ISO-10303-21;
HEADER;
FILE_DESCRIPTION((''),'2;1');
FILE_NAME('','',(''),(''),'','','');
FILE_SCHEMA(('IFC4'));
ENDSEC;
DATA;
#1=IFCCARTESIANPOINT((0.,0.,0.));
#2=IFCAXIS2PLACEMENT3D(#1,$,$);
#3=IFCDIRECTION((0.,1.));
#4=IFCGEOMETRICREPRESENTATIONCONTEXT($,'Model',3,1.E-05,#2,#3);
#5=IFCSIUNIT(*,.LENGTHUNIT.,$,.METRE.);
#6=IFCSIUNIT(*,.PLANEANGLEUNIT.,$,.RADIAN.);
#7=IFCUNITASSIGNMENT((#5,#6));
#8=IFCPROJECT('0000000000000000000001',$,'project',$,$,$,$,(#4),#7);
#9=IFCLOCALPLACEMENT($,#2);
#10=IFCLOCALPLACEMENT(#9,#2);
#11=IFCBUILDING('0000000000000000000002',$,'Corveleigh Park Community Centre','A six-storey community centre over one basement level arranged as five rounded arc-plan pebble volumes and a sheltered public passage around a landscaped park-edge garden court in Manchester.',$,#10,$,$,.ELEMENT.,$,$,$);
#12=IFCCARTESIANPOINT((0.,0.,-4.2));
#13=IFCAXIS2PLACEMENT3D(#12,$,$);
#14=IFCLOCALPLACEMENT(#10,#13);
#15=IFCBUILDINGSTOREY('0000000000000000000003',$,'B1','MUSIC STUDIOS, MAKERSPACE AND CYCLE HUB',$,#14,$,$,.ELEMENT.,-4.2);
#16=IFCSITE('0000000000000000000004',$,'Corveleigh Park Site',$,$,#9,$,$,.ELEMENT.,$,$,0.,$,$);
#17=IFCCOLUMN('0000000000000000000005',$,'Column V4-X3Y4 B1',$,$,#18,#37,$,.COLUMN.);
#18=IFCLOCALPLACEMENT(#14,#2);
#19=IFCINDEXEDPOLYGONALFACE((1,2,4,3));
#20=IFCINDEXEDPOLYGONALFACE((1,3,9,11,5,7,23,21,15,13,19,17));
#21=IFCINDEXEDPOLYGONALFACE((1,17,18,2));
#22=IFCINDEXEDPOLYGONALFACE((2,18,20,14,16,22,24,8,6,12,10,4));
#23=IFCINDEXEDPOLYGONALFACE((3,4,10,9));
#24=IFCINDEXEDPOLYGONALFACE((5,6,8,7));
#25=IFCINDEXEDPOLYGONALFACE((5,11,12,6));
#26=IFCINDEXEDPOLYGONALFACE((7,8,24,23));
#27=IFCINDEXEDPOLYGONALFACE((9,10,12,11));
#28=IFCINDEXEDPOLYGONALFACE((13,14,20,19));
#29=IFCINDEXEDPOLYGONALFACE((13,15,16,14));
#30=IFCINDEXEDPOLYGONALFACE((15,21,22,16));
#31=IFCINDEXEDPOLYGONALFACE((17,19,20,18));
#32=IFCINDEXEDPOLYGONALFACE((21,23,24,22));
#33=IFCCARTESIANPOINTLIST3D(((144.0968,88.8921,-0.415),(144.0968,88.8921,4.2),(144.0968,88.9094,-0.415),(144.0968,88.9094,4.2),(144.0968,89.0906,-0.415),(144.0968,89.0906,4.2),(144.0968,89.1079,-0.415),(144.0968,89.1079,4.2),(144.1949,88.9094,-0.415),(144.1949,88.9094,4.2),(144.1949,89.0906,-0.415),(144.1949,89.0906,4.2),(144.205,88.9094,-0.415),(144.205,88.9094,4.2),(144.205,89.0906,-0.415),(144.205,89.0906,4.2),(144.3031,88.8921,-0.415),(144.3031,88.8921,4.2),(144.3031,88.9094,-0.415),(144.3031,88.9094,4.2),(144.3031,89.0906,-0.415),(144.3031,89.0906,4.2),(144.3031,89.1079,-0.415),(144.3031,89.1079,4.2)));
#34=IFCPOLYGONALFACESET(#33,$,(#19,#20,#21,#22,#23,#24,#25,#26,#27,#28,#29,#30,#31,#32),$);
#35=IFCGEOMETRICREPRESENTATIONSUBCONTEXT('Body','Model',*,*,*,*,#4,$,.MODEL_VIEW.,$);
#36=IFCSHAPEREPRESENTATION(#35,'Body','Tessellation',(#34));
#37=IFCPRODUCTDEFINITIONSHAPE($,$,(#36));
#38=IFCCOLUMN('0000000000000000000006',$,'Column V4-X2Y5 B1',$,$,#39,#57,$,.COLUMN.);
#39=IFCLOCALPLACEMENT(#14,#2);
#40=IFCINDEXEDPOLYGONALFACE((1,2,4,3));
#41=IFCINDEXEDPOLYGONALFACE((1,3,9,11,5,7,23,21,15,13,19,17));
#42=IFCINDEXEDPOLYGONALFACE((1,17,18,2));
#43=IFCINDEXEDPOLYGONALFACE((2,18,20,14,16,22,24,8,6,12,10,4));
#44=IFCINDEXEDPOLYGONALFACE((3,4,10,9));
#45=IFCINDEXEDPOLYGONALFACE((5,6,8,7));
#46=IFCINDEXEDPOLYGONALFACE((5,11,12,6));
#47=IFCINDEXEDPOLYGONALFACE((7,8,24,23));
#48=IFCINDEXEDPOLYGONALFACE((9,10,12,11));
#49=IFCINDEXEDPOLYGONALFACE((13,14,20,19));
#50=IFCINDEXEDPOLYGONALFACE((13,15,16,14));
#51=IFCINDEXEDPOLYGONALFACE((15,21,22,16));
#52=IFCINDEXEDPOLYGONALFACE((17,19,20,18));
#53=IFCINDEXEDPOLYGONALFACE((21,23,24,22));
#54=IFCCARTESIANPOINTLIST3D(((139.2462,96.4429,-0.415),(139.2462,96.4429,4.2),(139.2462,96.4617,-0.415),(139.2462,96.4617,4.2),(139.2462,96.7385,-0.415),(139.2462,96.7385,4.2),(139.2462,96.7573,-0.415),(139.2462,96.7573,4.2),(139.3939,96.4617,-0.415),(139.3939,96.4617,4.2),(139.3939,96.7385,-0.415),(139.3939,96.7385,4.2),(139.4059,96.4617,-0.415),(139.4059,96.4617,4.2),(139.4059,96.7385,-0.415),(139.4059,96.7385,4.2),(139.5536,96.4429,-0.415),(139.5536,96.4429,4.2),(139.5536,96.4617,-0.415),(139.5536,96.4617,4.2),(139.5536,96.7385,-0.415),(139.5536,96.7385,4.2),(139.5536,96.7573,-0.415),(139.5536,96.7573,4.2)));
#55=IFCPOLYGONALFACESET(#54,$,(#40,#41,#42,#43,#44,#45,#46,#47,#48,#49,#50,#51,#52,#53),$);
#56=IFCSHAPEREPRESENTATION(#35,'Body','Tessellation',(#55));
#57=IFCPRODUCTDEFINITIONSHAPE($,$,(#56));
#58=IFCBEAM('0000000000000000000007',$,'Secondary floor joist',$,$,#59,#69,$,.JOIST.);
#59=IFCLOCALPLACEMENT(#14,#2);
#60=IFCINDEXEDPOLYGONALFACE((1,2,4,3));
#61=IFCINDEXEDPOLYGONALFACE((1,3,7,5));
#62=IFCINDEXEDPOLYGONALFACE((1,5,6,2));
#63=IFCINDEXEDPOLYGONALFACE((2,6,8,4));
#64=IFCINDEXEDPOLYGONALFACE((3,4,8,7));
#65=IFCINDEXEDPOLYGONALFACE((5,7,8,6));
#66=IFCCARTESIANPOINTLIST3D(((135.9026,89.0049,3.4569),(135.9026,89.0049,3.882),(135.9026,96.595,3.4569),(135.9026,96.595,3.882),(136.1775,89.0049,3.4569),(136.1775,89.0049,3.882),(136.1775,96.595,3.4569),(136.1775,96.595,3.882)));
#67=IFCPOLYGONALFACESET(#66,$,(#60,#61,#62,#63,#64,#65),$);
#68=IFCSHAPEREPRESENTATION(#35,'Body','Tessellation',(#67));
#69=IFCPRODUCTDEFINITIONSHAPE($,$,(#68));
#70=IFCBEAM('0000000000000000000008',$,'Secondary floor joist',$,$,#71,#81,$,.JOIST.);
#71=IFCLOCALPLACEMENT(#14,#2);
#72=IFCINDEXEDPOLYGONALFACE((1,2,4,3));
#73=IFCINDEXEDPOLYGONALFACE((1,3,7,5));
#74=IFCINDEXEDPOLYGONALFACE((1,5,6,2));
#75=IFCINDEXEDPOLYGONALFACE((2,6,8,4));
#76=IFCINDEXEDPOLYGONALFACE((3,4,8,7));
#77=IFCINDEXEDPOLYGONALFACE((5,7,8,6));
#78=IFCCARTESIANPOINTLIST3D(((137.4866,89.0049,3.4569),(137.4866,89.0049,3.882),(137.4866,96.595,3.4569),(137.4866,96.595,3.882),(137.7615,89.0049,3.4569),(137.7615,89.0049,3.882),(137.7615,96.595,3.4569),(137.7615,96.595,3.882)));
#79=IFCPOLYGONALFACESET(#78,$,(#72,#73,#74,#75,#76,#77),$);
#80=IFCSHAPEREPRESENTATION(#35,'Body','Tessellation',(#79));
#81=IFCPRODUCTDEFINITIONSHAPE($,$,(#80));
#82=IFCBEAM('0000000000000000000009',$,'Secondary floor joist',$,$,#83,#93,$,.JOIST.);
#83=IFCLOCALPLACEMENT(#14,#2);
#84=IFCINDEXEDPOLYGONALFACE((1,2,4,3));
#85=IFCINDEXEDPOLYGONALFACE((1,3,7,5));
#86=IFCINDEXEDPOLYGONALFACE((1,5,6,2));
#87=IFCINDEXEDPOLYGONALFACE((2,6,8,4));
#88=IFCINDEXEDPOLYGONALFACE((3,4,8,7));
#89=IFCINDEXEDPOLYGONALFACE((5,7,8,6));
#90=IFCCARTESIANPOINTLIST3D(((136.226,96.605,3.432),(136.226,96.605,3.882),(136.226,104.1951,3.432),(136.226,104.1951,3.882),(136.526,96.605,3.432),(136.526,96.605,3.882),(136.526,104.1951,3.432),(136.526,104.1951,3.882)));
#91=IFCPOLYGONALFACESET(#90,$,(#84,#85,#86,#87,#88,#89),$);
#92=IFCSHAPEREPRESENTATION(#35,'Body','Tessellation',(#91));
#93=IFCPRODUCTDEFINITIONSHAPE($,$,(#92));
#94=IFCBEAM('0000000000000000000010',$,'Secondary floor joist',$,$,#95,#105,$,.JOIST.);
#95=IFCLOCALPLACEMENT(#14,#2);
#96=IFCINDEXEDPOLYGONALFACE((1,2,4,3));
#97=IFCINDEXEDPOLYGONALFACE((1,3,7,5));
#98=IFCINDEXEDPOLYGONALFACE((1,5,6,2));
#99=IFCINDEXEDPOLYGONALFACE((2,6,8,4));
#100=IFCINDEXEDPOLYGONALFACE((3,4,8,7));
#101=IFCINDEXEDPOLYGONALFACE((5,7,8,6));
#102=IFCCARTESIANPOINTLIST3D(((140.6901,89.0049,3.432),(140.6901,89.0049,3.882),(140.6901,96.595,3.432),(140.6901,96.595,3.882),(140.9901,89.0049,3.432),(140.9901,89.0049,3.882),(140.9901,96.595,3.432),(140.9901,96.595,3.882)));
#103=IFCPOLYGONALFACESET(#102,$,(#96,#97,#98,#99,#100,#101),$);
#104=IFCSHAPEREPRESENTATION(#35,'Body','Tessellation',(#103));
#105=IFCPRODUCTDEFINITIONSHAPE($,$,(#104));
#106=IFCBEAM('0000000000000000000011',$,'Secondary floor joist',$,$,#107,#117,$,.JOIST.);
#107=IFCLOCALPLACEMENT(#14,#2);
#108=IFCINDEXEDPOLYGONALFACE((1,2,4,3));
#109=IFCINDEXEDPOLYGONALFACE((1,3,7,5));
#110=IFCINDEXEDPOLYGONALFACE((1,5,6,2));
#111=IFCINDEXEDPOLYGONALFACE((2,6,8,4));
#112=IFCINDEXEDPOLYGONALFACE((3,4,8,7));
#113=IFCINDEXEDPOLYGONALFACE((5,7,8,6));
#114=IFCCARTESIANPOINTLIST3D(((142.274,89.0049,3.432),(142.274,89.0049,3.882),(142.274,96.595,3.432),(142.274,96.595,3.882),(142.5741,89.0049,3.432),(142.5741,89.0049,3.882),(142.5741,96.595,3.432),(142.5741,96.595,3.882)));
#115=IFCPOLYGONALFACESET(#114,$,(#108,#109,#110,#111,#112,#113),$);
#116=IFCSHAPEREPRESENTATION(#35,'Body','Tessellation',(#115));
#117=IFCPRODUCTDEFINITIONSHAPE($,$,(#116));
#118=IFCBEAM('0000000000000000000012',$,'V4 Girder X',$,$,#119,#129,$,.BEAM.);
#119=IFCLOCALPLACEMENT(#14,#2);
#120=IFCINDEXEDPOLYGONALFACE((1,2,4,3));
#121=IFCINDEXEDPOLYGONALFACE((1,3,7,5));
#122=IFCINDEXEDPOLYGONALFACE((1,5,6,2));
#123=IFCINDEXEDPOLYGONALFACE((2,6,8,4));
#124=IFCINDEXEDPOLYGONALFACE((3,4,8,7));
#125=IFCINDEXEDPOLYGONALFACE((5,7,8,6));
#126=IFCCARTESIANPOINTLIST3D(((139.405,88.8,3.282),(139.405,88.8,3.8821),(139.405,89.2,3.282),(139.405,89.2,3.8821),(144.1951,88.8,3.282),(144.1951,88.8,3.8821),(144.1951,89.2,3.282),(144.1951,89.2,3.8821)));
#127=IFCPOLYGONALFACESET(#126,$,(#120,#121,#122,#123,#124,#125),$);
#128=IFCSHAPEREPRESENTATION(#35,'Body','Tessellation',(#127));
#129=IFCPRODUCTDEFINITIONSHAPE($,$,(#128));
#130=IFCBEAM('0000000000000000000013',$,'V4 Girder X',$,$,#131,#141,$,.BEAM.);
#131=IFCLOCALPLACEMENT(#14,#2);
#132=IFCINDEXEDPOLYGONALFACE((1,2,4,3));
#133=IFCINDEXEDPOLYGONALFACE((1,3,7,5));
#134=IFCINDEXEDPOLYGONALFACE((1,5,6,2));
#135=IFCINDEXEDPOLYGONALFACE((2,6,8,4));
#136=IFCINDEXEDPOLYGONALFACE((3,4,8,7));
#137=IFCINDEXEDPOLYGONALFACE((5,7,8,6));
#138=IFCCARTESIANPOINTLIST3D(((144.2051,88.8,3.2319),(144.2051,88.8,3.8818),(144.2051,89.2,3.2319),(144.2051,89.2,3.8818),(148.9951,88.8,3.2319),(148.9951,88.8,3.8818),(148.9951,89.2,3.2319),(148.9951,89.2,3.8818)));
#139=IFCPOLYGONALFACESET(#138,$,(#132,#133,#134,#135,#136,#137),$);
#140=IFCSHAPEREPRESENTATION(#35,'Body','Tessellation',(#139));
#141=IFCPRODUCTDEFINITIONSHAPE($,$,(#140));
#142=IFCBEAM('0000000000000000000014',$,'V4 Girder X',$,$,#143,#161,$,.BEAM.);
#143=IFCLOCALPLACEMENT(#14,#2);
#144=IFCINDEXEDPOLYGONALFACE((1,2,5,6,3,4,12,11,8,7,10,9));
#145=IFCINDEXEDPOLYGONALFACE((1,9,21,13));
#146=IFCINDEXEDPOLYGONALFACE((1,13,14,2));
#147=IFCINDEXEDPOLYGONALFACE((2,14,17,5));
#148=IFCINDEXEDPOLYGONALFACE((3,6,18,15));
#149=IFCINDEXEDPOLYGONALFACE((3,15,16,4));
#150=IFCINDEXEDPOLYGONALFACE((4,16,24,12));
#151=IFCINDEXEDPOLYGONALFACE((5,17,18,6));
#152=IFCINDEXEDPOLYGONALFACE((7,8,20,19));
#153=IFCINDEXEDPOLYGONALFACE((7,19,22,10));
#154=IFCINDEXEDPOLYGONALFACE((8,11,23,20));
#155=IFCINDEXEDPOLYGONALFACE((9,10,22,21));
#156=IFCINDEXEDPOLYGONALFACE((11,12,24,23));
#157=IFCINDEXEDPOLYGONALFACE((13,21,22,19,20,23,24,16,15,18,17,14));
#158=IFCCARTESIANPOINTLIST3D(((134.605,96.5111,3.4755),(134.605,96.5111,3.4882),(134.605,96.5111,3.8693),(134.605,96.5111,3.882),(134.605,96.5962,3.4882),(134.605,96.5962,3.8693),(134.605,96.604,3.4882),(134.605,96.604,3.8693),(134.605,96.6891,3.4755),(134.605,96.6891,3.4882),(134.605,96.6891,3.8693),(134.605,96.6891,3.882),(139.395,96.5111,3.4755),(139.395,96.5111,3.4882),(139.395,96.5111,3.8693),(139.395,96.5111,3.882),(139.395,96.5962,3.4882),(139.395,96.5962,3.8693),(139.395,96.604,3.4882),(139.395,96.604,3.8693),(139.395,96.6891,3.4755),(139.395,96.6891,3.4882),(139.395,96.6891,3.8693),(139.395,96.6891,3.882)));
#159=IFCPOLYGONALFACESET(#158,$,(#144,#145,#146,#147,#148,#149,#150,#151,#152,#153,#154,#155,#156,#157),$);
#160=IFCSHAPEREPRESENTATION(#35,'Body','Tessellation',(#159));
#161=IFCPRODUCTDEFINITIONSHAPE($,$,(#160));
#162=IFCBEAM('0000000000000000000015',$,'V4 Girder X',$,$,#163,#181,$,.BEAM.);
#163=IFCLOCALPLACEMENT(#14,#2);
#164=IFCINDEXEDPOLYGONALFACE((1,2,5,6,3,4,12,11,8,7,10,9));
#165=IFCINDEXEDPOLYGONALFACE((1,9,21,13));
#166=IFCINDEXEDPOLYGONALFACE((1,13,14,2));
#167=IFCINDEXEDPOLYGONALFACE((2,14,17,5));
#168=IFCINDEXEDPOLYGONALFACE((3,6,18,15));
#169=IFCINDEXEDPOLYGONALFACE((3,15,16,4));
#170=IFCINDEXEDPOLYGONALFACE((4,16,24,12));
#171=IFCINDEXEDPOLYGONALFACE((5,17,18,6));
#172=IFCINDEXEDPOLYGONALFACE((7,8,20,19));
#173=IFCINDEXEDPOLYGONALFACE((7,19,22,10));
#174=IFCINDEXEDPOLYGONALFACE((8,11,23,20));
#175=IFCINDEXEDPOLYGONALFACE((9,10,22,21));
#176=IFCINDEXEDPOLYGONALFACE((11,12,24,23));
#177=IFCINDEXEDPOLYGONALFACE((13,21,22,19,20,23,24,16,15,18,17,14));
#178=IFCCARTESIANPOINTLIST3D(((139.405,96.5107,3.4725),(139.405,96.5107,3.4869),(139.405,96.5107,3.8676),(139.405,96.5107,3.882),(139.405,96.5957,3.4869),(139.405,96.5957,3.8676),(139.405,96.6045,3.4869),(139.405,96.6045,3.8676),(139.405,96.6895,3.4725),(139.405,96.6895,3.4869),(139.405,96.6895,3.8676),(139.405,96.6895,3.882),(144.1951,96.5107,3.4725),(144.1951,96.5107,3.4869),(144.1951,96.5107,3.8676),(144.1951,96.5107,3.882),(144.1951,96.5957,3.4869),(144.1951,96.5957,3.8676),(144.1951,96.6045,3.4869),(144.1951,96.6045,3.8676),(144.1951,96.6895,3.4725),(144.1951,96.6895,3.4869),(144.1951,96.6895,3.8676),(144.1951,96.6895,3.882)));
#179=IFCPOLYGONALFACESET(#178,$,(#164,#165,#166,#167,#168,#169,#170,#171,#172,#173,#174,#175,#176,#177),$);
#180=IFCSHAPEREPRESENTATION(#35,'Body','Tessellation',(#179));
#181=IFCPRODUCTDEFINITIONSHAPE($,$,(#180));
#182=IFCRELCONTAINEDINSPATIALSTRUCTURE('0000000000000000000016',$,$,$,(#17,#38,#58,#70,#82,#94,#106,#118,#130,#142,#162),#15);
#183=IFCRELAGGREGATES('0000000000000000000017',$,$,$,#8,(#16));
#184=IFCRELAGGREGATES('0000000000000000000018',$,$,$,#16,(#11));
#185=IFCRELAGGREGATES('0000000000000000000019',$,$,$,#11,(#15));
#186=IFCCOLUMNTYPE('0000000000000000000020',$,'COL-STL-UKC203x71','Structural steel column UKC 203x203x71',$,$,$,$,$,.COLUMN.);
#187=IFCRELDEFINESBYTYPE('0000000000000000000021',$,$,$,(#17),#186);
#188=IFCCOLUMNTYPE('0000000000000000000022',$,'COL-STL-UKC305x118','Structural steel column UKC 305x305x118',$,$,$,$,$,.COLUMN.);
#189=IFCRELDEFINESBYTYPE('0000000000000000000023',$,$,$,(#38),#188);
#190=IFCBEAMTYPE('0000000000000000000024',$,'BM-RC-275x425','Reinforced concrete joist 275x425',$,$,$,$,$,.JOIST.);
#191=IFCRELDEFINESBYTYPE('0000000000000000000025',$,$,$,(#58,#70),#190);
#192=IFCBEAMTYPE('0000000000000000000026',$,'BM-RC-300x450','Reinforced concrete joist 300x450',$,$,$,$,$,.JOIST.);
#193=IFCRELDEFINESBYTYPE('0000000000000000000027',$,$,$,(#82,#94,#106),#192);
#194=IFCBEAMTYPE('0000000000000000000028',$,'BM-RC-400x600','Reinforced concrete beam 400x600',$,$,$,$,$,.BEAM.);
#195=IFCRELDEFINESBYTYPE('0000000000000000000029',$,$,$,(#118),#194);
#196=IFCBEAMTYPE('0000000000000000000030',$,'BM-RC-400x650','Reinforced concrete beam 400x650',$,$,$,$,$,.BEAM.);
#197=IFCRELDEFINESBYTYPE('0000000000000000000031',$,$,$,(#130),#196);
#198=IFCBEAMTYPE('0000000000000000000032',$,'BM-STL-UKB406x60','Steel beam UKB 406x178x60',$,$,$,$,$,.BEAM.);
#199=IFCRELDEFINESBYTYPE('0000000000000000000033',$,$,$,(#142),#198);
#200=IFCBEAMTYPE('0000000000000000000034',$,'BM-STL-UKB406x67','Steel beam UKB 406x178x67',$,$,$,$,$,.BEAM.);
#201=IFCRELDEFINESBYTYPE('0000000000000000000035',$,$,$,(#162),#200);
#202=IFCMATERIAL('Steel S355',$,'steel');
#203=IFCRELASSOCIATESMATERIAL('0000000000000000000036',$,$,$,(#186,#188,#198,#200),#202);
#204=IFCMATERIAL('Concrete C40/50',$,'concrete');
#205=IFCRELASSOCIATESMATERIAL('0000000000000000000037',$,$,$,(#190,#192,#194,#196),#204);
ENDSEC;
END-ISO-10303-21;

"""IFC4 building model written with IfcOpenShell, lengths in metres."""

from ifc_helpers import new_model, si_unit, direction, frame, origin, origin_2d, place, context, subcontext, project, spatial, rectangle, i_section, extrude, material, material_profile, profile_set, type_object, element, save


model = new_model("IFC4")

# Units and contexts
model_context = context("Model", 3, precision=1e-05, world=origin(), true_north=direction((0.0, 1.0)))
body_context = subcontext(model_context, "Body", "Model", "MODEL_VIEW")
ifc_project = project(units=[si_unit("LENGTHUNIT", "METRE"), si_unit("PLANEANGLEUNIT", "RADIAN")], contexts=[model_context])

# Site, building, storey
site_placement = place(None, origin())
site = spatial("IfcSite", under=ifc_project, at=site_placement, Name="Corveleigh Park Site", CompositionType="ELEMENT", RefElevation=0.0)
building_placement = place(site_placement, origin())
building = spatial("IfcBuilding", under=site, at=building_placement, Name="Corveleigh Park Community Centre", Description="A six-storey community centre over one basement level arranged as five rounded arc-plan pebble volumes and a sheltered public passage around a landscaped park-edge garden court in Manchester.", CompositionType="ELEMENT")
storey_placement = place(building_placement, frame((0.0, 0.0, -4.2)))
storey = spatial("IfcBuildingStorey", under=building, at=storey_placement, Name="B1", Description="MUSIC STUDIOS, MAKERSPACE AND CYCLE HUB", CompositionType="ELEMENT", Elevation=-4.2)

# Shared definitions
ifc_material_1 = material(Name="Concrete C40/50", Category="concrete")

# Columns
ifc_material_2 = material(Name="Steel S355", Category="steel")
ifc_material_profile_1 = material_profile(ifc_material_2, i_section(OverallWidth=0.2063, OverallDepth=0.2158, WebThickness=0.01, FlangeThickness=0.0173, at=origin_2d()), Name="UKC 203x203x71", Category="steel")
ifc_profile_set_1 = profile_set([ifc_material_profile_1], Name="Steel S355")
column_type_1 = type_object("IfcColumnType", Name="COL-STL-UKC203x71", Description="Structural steel column UKC 203x203x71", PredefinedType="COLUMN", material=ifc_profile_set_1)
column_1_placement = place(storey_placement, frame((144.2, 89.0, -0.415), z_axis=(0.0, 0.0, 1.0), x_axis=(1.0, 0.0, 0.0)))
element("IfcColumn", 1, at=column_1_placement, inside=storey, type_object=column_type_1, Name="Column V4-X3Y4 B1", PredefinedType="COLUMN", context=body_context, shape_type="SweptSolid", body=[
    extrude(i_section(OverallWidth=0.2063, OverallDepth=0.2158, WebThickness=0.01, FlangeThickness=0.0173, at=origin_2d()), origin(), (0.0, 0.0, 1.0), 4.615),
])
ifc_material_profile_2 = material_profile(ifc_material_2, i_section(OverallWidth=0.3074, OverallDepth=0.3145, WebThickness=0.012, FlangeThickness=0.0188, at=origin_2d()), Name="UKC 305x305x118", Category="steel")
ifc_profile_set_2 = profile_set([ifc_material_profile_2], Name="Steel S355")
column_type_2 = type_object("IfcColumnType", Name="COL-STL-UKC305x118", Description="Structural steel column UKC 305x305x118", PredefinedType="COLUMN", material=ifc_profile_set_2)
column_2_placement = place(storey_placement, frame((139.3999, 96.6001, -0.415), z_axis=(0.0, 0.0, 1.0), x_axis=(1.0, 0.0, 0.0)))
element("IfcColumn", 2, at=column_2_placement, inside=storey, type_object=column_type_2, Name="Column V4-X2Y5 B1", PredefinedType="COLUMN", context=body_context, shape_type="SweptSolid", body=[
    extrude(i_section(OverallWidth=0.3074, OverallDepth=0.3145, WebThickness=0.012, FlangeThickness=0.0188, at=origin_2d()), origin(), (0.0, 0.0, 1.0), 4.615),
])

# Beams
ifc_material_profile_3 = material_profile(ifc_material_1, rectangle(XDim=0.2749, YDim=0.425, at=origin_2d()), Name="RC-275x425", Category="concrete")
ifc_profile_set_3 = profile_set([ifc_material_profile_3], Name="Concrete C40/50")
beam_type_1 = type_object("IfcBeamType", Name="BM-RC-275x425", Description="Reinforced concrete joist 275x425", PredefinedType="JOIST", material=ifc_profile_set_3)
for number, where, z_axis, x_axis, name in (
    (3, (136.04, 89.0049, 3.6694), (0.0, 1.0, 0.0), (-1.0, 0.0, 0.0), "Secondary floor joist"),
    (4, (137.624, 89.0049, 3.6694), (0.0, 1.0, 0.0), (-1.0, 0.0, 0.0), "Secondary floor joist"),
):
    element("IfcBeam", number, at=place(storey_placement, frame(where, z_axis=z_axis, x_axis=x_axis)), inside=storey, type_object=beam_type_1, Name=name, PredefinedType="JOIST", context=body_context, shape_type="SweptSolid", body=[
        extrude(rectangle(XDim=0.2749, YDim=0.425, at=origin_2d()), origin(), (0.0, 0.0, 1.0), 7.5901),
    ])
ifc_material_profile_4 = material_profile(ifc_material_1, rectangle(XDim=0.3, YDim=0.45, at=origin_2d()), Name="RC-300x450", Category="concrete")
ifc_profile_set_4 = profile_set([ifc_material_profile_4], Name="Concrete C40/50")
beam_type_2 = type_object("IfcBeamType", Name="BM-RC-300x450", Description="Reinforced concrete joist 300x450", PredefinedType="JOIST", material=ifc_profile_set_4)
for number, where, z_axis, x_axis, name in (
    (5, (136.376, 96.605, 3.657), (0.0, 1.0, 0.0), (-1.0, 0.0, 0.0), "Secondary floor joist"),
    (6, (140.8401, 89.0049, 3.657), (0.0, 1.0, 0.0), (-1.0, 0.0, 0.0), "Secondary floor joist"),
    (7, (142.4241, 89.0049, 3.657), (0.0, 1.0, 0.0), (-1.0, 0.0, 0.0), "Secondary floor joist"),
):
    element("IfcBeam", number, at=place(storey_placement, frame(where, z_axis=z_axis, x_axis=x_axis)), inside=storey, type_object=beam_type_2, Name=name, PredefinedType="JOIST", context=body_context, shape_type="SweptSolid", body=[
        extrude(rectangle(XDim=0.3, YDim=0.45, at=origin_2d()), origin(), (0.0, 0.0, 1.0), 7.5901),
    ])
ifc_material_profile_5 = material_profile(ifc_material_1, rectangle(XDim=0.3999, YDim=0.6001, at=origin_2d()), Name="RC-400x600", Category="concrete")
ifc_profile_set_5 = profile_set([ifc_material_profile_5], Name="Concrete C40/50")
beam_type_3 = type_object("IfcBeamType", Name="BM-RC-400x600", Description="Reinforced concrete beam 400x600", PredefinedType="BEAM", material=ifc_profile_set_5)
beam_1_placement = place(storey_placement, frame((139.405, 89.0, 3.582), z_axis=(1.0, 0.0, 0.0), x_axis=(0.0, 1.0, 0.0)))
element("IfcBeam", 8, at=beam_1_placement, inside=storey, type_object=beam_type_3, Name="V4 Girder X", PredefinedType="BEAM", context=body_context, shape_type="SweptSolid", body=[
    extrude(rectangle(XDim=0.3999, YDim=0.6001, at=origin_2d()), origin(), (0.0, 0.0, 1.0), 4.79),
])
ifc_material_profile_6 = material_profile(ifc_material_1, rectangle(XDim=0.3999, YDim=0.6499, at=origin_2d()), Name="RC-400x650", Category="concrete")
ifc_profile_set_6 = profile_set([ifc_material_profile_6], Name="Concrete C40/50")
beam_type_4 = type_object("IfcBeamType", Name="BM-RC-400x650", Description="Reinforced concrete beam 400x650", PredefinedType="BEAM", material=ifc_profile_set_6)
beam_2_placement = place(storey_placement, frame((144.2051, 89.0, 3.5569), z_axis=(1.0, 0.0, 0.0), x_axis=(0.0, 1.0, 0.0)))
element("IfcBeam", 9, at=beam_2_placement, inside=storey, type_object=beam_type_4, Name="V4 Girder X", PredefinedType="BEAM", context=body_context, shape_type="SweptSolid", body=[
    extrude(rectangle(XDim=0.3999, YDim=0.6499, at=origin_2d()), origin(), (0.0, 0.0, 1.0), 4.79),
])
ifc_material_profile_7 = material_profile(ifc_material_2, i_section(OverallWidth=0.178, OverallDepth=0.4065, WebThickness=0.0078, FlangeThickness=0.0127, at=origin_2d()), Name="UKB 406x178x60", Category="steel")
ifc_profile_set_7 = profile_set([ifc_material_profile_7], Name="Steel S355")
beam_type_5 = type_object("IfcBeamType", Name="BM-STL-UKB406x60", Description="Steel beam UKB 406x178x60", PredefinedType="BEAM", material=ifc_profile_set_7)
beam_3_placement = place(storey_placement, frame((134.605, 96.6001, 3.6787), z_axis=(1.0, 0.0, 0.0), x_axis=(0.0, 1.0, 0.0)))
element("IfcBeam", 10, at=beam_3_placement, inside=storey, type_object=beam_type_5, Name="V4 Girder X", PredefinedType="BEAM", context=body_context, shape_type="SweptSolid", body=[
    extrude(i_section(OverallWidth=0.178, OverallDepth=0.4065, WebThickness=0.0078, FlangeThickness=0.0127, at=origin_2d()), origin(), (0.0, 0.0, 1.0), 4.79),
])
ifc_material_profile_8 = material_profile(ifc_material_2, i_section(OverallWidth=0.1787, OverallDepth=0.4094, WebThickness=0.0088, FlangeThickness=0.0144, at=origin_2d()), Name="UKB 406x178x67", Category="steel")
ifc_profile_set_8 = profile_set([ifc_material_profile_8], Name="Steel S355")
beam_type_6 = type_object("IfcBeamType", Name="BM-STL-UKB406x67", Description="Steel beam UKB 406x178x67", PredefinedType="BEAM", material=ifc_profile_set_8)
beam_4_placement = place(storey_placement, frame((139.405, 96.6001, 3.6772), z_axis=(1.0, 0.0, 0.0), x_axis=(0.0, 1.0, 0.0)))
element("IfcBeam", 11, at=beam_4_placement, inside=storey, type_object=beam_type_6, Name="V4 Girder X", PredefinedType="BEAM", context=body_context, shape_type="SweptSolid", body=[
    extrude(i_section(OverallWidth=0.1787, OverallDepth=0.4094, WebThickness=0.0088, FlangeThickness=0.0144, at=origin_2d()), origin(), (0.0, 0.0, 1.0), 4.79),
])

save(model, "model.ifc")
